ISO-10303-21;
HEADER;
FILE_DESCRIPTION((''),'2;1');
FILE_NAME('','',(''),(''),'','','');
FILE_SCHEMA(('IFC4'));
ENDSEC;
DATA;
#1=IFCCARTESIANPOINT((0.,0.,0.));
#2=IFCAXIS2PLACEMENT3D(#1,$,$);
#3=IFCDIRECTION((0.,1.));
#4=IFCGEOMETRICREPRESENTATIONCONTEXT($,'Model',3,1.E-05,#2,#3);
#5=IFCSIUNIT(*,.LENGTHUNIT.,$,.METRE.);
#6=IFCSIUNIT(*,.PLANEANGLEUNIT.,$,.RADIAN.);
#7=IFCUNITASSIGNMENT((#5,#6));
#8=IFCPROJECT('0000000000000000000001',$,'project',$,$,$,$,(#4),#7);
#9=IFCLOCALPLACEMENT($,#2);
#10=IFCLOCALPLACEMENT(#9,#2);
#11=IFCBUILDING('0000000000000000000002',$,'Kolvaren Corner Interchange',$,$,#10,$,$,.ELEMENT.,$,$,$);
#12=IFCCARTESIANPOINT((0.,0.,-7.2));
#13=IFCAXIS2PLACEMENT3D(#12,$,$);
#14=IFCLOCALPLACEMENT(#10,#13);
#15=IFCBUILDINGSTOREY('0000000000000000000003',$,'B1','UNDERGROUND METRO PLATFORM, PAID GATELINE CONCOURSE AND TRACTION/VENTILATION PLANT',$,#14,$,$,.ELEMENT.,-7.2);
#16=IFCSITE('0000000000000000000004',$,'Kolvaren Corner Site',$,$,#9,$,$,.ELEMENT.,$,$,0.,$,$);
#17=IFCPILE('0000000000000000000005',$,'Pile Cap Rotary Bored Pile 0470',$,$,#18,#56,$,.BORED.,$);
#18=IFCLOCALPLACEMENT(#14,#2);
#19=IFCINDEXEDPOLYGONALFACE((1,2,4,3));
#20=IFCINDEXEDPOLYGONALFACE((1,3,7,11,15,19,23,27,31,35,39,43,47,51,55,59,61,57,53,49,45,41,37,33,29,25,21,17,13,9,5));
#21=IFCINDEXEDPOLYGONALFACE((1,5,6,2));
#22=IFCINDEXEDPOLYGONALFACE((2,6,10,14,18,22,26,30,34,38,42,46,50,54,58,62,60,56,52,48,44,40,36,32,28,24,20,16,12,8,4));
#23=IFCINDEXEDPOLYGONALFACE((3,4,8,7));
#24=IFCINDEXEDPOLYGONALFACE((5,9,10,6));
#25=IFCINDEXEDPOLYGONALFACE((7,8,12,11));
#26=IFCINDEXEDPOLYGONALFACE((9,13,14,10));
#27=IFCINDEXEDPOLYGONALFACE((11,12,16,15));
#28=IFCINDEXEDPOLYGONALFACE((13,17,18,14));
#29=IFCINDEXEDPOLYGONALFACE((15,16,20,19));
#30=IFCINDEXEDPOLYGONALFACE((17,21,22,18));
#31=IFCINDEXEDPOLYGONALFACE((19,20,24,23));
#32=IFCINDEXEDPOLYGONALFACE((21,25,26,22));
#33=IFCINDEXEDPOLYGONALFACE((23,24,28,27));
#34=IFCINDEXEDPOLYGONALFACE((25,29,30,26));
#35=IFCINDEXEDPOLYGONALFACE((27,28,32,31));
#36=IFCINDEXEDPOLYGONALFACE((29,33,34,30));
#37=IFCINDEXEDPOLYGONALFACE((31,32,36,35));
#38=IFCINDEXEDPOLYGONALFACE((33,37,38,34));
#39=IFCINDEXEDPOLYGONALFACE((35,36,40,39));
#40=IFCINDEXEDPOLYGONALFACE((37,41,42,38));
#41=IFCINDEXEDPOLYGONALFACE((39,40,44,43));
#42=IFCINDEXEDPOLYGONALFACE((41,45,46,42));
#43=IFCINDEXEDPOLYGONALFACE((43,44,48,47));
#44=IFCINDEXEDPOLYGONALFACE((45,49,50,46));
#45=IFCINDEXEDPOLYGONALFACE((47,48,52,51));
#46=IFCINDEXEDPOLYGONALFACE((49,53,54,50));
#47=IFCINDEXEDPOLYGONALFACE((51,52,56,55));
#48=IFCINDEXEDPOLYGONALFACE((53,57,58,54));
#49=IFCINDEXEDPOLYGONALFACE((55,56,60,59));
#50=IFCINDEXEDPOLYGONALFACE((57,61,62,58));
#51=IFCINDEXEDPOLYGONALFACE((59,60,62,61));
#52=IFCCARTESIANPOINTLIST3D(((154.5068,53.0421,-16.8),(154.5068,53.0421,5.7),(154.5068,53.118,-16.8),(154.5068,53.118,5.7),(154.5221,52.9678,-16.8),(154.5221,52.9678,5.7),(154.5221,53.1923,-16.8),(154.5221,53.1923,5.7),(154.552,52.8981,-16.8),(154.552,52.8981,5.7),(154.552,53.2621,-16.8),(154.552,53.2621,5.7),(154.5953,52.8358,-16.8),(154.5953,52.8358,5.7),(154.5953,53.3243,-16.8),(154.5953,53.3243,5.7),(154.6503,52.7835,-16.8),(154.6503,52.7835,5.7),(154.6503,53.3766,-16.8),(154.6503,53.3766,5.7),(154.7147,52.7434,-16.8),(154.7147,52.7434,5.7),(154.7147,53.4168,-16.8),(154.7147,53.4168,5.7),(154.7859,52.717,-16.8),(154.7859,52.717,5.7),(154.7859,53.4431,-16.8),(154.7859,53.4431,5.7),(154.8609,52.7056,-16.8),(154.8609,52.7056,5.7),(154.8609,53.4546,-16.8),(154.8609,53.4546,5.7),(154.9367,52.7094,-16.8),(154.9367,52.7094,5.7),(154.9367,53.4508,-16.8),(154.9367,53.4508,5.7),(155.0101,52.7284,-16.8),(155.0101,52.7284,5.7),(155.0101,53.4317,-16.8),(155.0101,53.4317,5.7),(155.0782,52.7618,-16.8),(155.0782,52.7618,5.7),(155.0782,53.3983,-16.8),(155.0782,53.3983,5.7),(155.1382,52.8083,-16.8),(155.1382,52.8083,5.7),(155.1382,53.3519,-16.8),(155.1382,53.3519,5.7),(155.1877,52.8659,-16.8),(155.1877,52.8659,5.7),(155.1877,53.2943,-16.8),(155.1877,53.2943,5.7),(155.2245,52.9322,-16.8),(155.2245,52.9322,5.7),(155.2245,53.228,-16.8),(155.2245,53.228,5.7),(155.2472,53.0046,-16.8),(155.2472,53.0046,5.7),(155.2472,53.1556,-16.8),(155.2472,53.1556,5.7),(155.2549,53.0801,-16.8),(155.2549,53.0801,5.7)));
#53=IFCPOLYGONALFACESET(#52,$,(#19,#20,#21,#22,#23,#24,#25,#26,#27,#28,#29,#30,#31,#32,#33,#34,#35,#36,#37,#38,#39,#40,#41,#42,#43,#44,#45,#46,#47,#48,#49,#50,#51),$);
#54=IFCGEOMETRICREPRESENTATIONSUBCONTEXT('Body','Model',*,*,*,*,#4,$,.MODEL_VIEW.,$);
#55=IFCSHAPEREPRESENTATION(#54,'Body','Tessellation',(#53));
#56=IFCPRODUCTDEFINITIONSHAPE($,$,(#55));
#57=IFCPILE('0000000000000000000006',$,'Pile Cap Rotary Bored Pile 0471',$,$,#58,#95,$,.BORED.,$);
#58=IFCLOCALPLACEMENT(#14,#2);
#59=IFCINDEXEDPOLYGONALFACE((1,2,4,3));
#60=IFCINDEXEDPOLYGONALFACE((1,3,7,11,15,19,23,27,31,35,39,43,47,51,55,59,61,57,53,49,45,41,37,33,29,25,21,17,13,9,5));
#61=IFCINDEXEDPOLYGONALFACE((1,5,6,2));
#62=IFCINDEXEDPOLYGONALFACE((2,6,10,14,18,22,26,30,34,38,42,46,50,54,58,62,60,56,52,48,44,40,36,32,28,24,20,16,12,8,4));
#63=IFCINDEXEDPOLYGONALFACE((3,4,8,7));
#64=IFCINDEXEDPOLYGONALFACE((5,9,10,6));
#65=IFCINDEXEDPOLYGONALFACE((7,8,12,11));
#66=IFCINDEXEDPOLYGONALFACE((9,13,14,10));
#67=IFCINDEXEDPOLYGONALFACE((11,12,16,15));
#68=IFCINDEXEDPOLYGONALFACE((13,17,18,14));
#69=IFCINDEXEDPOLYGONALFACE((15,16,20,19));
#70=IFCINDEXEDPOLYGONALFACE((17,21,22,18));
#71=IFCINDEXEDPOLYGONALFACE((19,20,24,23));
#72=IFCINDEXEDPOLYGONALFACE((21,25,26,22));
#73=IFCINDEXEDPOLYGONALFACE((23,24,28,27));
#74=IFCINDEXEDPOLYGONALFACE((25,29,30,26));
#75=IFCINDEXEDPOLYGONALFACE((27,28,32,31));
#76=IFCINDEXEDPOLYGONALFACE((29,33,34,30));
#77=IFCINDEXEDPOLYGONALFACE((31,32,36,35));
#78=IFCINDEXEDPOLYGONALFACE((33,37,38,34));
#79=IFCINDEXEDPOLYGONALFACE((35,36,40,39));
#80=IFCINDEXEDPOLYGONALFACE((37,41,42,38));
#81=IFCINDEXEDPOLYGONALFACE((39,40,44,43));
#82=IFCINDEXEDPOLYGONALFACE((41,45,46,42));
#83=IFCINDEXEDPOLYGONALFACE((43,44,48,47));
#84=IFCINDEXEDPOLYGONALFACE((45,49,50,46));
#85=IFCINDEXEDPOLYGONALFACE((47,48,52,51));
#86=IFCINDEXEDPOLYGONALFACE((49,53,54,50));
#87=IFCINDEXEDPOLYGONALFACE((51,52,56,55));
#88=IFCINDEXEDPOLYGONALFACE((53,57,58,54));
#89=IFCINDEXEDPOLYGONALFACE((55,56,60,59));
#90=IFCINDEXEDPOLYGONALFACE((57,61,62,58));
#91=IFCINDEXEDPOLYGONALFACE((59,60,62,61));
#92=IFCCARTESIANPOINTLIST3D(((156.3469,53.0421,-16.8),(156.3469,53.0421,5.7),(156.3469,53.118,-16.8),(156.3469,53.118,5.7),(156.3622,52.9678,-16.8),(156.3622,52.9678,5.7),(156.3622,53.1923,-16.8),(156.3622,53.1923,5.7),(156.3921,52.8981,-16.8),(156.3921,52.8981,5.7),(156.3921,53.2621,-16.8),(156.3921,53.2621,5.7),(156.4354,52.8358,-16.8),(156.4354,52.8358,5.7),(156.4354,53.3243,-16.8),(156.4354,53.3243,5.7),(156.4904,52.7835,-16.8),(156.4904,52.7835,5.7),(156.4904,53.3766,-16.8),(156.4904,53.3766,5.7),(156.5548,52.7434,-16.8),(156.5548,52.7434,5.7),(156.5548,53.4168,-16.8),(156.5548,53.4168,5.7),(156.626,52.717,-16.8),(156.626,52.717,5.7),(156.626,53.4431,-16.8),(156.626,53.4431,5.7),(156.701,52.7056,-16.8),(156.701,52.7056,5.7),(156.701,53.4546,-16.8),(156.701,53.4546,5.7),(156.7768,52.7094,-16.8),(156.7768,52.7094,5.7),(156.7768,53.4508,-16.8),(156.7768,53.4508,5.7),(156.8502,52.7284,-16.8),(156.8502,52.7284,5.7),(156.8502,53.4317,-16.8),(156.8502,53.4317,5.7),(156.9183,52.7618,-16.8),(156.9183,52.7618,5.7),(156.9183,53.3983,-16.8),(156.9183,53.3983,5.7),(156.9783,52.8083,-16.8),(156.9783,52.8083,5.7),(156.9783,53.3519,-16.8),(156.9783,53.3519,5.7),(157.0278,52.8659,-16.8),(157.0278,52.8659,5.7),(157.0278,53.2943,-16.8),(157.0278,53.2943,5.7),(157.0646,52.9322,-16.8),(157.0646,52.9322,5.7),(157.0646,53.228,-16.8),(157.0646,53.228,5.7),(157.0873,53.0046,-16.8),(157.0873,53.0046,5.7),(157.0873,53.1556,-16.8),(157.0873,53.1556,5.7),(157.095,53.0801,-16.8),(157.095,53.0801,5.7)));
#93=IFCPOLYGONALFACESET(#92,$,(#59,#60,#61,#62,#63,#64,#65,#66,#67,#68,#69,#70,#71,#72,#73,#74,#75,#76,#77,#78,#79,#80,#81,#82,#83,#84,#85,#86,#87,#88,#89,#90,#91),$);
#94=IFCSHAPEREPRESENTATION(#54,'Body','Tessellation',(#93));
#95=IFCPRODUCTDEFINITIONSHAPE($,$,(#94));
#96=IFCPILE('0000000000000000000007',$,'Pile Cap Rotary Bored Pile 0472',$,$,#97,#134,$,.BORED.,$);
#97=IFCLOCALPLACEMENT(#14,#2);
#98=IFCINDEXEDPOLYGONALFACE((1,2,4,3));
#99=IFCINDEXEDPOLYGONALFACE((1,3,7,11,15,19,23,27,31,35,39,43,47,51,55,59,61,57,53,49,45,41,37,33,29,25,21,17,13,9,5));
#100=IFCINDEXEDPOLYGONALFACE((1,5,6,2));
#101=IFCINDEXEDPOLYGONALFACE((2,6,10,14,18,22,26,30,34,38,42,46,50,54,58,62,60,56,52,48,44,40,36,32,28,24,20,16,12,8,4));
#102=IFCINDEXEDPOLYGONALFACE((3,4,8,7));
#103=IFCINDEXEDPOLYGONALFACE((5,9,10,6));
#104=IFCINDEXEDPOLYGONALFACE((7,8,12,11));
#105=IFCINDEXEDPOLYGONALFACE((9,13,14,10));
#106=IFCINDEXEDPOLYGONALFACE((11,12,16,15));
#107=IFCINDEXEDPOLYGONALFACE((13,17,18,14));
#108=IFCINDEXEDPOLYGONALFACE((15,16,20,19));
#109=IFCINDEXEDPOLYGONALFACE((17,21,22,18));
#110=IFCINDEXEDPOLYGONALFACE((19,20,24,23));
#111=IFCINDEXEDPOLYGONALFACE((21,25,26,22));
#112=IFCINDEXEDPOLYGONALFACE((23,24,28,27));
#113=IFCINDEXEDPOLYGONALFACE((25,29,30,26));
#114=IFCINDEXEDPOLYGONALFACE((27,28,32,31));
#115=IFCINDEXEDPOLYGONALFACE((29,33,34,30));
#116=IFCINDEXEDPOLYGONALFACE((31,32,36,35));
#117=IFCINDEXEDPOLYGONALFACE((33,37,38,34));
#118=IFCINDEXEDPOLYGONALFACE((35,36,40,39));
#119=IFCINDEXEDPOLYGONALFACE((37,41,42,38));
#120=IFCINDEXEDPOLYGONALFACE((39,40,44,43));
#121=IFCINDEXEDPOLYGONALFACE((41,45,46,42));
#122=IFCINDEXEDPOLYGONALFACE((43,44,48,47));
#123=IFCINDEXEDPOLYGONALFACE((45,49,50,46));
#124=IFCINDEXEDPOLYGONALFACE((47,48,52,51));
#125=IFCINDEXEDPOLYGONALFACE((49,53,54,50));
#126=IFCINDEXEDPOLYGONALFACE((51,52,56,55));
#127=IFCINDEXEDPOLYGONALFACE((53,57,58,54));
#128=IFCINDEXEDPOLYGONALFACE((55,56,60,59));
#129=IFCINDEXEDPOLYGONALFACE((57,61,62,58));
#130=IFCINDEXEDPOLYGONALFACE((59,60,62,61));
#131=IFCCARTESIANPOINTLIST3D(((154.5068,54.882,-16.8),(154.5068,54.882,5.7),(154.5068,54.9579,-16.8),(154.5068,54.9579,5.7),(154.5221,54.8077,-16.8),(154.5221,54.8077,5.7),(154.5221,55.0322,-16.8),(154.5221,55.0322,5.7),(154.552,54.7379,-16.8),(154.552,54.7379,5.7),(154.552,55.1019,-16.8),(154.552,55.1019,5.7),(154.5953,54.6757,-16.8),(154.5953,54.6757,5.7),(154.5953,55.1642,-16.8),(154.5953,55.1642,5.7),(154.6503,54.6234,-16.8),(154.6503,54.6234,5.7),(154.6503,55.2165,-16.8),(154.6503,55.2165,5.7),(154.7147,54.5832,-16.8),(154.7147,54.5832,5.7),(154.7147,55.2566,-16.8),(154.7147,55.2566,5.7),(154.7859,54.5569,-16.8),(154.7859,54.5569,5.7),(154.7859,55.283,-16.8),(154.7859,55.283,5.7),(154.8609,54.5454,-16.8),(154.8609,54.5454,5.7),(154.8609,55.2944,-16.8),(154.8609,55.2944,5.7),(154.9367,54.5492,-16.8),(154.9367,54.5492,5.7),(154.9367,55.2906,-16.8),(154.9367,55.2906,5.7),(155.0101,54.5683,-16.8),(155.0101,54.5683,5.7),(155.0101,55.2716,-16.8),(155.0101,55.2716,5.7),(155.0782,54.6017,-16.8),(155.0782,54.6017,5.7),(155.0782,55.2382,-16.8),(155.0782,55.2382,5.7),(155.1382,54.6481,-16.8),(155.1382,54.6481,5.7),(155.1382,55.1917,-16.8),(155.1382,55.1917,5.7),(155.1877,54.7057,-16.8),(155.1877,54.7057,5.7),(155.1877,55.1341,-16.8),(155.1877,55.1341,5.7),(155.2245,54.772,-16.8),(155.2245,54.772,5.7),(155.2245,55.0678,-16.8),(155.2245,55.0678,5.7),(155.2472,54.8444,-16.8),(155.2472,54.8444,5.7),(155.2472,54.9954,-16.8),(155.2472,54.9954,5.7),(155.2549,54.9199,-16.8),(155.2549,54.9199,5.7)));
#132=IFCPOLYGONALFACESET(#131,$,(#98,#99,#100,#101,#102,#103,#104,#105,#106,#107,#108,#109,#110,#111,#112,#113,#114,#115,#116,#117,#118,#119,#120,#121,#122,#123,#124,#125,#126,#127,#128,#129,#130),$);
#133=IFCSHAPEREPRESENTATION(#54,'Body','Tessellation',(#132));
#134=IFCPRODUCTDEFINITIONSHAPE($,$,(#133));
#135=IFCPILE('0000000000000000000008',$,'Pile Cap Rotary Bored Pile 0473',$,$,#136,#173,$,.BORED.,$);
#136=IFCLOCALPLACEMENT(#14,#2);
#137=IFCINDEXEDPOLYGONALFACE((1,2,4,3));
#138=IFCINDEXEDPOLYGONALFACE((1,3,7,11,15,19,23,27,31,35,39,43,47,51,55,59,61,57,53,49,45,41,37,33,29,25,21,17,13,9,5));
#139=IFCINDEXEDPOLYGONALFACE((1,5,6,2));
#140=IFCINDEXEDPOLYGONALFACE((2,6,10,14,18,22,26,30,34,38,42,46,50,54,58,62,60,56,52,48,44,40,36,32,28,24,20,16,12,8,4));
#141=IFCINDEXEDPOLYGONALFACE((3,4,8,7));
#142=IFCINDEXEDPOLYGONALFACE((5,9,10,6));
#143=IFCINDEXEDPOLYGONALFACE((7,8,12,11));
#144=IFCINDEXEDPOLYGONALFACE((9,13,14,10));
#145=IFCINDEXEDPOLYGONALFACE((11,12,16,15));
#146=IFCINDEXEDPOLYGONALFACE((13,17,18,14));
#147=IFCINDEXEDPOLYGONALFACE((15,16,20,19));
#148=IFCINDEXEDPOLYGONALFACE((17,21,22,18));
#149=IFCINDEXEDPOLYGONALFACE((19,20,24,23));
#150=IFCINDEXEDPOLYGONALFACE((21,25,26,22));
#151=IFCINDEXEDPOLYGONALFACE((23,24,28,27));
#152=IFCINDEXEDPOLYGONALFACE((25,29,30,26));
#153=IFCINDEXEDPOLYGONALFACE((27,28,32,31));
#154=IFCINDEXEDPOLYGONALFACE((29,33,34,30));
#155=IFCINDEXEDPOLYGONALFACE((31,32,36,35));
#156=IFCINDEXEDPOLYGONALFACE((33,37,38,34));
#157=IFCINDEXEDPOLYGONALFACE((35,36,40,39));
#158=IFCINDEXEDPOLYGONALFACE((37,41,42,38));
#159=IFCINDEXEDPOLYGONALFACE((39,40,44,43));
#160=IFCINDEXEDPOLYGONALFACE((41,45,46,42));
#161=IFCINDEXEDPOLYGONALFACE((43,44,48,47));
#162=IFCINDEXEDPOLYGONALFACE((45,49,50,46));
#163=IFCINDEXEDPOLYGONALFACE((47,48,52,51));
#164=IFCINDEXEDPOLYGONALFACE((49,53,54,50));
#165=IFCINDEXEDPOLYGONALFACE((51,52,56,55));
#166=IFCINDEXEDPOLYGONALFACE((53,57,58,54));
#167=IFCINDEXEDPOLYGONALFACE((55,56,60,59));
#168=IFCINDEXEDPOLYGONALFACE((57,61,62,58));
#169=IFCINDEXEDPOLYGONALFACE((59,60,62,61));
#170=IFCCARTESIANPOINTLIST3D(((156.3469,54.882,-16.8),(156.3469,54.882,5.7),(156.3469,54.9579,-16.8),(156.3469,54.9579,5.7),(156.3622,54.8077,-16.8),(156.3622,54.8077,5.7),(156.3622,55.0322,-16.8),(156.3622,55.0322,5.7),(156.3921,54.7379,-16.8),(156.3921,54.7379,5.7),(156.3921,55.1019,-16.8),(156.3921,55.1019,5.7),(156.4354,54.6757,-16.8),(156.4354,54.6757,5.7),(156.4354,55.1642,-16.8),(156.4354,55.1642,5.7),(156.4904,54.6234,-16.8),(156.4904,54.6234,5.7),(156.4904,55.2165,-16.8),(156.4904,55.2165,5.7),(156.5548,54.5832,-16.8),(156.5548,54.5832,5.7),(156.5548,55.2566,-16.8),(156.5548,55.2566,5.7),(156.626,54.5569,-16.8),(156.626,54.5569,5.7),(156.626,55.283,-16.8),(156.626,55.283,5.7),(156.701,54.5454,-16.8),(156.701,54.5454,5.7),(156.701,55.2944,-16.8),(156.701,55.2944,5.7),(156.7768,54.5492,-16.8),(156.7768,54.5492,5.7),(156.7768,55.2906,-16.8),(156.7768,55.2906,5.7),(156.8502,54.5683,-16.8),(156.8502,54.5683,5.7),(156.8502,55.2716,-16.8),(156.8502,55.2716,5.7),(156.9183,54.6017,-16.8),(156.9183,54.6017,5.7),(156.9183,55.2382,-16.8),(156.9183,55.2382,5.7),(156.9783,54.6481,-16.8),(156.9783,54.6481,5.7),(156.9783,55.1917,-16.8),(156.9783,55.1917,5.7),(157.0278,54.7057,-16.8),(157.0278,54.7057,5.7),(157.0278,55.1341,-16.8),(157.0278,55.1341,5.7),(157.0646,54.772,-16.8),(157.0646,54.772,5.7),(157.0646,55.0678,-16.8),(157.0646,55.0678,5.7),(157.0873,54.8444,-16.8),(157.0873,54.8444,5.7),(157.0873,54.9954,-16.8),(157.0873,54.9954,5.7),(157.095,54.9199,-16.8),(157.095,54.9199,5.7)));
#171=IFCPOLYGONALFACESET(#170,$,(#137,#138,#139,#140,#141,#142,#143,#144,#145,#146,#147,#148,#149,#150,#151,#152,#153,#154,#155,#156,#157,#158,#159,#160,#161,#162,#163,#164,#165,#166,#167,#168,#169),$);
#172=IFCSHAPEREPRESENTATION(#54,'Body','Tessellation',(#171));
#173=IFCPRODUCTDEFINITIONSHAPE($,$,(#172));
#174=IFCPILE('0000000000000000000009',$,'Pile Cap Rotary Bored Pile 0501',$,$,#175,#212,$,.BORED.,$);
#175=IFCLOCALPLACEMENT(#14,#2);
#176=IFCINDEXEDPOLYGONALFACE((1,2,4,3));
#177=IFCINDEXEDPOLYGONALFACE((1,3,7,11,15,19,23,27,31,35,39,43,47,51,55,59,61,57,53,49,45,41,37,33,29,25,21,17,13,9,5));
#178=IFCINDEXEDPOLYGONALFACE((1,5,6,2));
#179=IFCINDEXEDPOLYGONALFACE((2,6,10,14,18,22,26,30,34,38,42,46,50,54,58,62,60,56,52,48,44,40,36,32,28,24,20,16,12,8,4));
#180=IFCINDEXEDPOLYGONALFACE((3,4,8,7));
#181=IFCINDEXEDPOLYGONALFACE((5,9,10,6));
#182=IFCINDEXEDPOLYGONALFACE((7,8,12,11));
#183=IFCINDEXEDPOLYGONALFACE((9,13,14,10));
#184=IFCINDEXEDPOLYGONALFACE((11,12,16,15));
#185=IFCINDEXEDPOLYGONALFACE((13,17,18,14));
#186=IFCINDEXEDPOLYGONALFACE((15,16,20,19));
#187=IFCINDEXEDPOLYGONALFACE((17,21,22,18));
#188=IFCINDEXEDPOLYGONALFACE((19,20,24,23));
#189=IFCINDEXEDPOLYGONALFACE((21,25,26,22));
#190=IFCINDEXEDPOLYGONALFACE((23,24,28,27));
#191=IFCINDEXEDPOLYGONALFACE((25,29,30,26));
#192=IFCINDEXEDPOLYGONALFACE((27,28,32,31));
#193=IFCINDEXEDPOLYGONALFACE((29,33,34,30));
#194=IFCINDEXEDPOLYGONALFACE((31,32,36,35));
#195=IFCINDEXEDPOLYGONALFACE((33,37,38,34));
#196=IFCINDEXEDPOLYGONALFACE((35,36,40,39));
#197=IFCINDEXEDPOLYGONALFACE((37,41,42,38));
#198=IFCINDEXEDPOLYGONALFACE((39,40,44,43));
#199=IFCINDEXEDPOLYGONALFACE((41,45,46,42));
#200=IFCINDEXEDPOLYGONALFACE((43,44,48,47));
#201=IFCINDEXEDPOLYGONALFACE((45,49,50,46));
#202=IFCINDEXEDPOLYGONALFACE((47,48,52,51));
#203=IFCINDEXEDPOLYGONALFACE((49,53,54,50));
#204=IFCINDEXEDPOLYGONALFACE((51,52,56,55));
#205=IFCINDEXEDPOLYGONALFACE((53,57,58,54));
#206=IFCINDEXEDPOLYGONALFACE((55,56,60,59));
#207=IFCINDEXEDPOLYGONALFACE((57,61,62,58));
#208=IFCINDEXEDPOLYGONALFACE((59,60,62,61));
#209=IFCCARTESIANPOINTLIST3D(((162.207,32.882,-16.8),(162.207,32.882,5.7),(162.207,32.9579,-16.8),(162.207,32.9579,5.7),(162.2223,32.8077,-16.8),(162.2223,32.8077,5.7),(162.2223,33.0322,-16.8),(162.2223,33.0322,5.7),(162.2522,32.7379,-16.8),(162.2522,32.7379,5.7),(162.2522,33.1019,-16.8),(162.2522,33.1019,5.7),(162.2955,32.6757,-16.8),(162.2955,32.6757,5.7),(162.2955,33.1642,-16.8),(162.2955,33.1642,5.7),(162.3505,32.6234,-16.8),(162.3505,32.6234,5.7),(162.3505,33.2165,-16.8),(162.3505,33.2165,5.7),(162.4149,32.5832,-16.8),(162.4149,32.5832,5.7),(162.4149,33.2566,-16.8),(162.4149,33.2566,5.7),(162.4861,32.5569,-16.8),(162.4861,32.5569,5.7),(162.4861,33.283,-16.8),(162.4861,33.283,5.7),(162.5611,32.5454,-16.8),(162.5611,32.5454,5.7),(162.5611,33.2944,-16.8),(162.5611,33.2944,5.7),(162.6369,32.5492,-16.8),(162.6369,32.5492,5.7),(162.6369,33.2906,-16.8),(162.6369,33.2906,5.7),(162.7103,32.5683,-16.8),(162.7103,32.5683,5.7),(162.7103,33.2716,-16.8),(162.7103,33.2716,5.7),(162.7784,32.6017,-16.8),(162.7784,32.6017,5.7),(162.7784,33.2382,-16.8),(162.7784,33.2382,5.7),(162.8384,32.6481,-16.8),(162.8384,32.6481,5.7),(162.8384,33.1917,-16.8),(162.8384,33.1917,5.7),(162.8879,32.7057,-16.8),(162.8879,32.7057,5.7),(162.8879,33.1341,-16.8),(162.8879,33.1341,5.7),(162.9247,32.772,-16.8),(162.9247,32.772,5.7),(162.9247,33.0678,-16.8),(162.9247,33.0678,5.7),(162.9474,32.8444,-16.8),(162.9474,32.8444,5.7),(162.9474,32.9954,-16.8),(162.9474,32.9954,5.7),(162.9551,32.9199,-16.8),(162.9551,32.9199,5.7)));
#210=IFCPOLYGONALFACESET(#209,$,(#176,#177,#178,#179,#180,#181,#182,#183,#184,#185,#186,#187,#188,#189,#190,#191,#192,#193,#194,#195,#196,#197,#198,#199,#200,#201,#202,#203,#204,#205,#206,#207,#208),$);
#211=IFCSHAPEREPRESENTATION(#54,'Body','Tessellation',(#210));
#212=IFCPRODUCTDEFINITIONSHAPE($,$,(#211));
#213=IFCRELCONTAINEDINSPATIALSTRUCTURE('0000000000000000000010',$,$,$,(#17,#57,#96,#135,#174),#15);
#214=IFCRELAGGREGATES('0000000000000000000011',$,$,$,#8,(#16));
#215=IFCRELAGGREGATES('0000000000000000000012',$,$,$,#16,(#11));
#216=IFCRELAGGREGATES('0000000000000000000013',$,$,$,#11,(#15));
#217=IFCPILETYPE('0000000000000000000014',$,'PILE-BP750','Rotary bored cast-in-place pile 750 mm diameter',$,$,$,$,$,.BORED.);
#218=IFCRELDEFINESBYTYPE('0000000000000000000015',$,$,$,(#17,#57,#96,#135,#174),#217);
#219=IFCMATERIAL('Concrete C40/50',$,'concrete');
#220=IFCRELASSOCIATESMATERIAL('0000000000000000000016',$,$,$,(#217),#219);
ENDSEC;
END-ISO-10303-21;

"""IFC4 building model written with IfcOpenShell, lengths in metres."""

from ifc_helpers import new_model, si_unit, direction, frame, origin, origin_2d, place, context, subcontext, project, spatial, circle, extrude, material, material_profile, profile_set, type_object, element, save


model = new_model("IFC4")

# Units and contexts
model_context = context("Model", 3, precision=1e-05, world=origin(), true_north=direction((0.0, 1.0)))
body_context = subcontext(model_context, "Body", "Model", "MODEL_VIEW")
ifc_project = project(units=[si_unit("LENGTHUNIT", "METRE"), si_unit("PLANEANGLEUNIT", "RADIAN")], contexts=[model_context])

# Site, building, storey
site_placement = place(None, origin())
site = spatial("IfcSite", under=ifc_project, at=site_placement, Name="Kolvaren Corner Site", CompositionType="ELEMENT", RefElevation=0.0)
building_placement = place(site_placement, origin())
building = spatial("IfcBuilding", under=site, at=building_placement, Name="Kolvaren Corner Interchange", CompositionType="ELEMENT")
storey_placement = place(building_placement, frame((0.0, 0.0, -7.2)))
storey = spatial("IfcBuildingStorey", under=building, at=storey_placement, Name="B1", Description="UNDERGROUND METRO PLATFORM, PAID GATELINE CONCOURSE AND TRACTION/VENTILATION PLANT", CompositionType="ELEMENT", Elevation=-7.2)

# Piles
ifc_material_1 = material(Name="Concrete C40/50", Category="concrete")
ifc_material_profile_1 = material_profile(ifc_material_1, circle(Radius=0.375, at=origin_2d()), Name="BORED PILE 750")
ifc_profile_set_1 = profile_set([ifc_material_profile_1], Name="Concrete C40/50")
pile_type_1 = type_object("IfcPileType", Name="PILE-BP750", Description="Rotary bored cast-in-place pile 750 mm diameter", PredefinedType="BORED", material=ifc_profile_set_1)
for number, where, z_axis, x_axis, name in (
    (1, (154.8799, 53.0801, 5.7), (0.0, 0.0, -1.0), (1.0, 0.0, 0.0), "Pile Cap Rotary Bored Pile 0470"),
    (2, (156.72, 53.0801, 5.7), (0.0, 0.0, -1.0), (1.0, 0.0, 0.0), "Pile Cap Rotary Bored Pile 0471"),
    (3, (154.8799, 54.9199, 5.7), (0.0, 0.0, -1.0), (1.0, 0.0, 0.0), "Pile Cap Rotary Bored Pile 0472"),
    (4, (156.72, 54.9199, 5.7), (0.0, 0.0, -1.0), (1.0, 0.0, 0.0), "Pile Cap Rotary Bored Pile 0473"),
    (5, (162.5801, 32.9199, 5.7), (0.0, 0.0, -1.0), (1.0, 0.0, 0.0), "Pile Cap Rotary Bored Pile 0501"),
):
    element("IfcPile", number, at=place(storey_placement, frame(where, z_axis=z_axis, x_axis=x_axis)), inside=storey, type_object=pile_type_1, Name=name, PredefinedType="BORED", context=body_context, shape_type="SweptSolid", body=[
        extrude(circle(Radius=0.375, at=origin_2d()), origin(), (0.0, 0.0, 1.0), 22.5),
    ])

save(model, "model.ifc")
